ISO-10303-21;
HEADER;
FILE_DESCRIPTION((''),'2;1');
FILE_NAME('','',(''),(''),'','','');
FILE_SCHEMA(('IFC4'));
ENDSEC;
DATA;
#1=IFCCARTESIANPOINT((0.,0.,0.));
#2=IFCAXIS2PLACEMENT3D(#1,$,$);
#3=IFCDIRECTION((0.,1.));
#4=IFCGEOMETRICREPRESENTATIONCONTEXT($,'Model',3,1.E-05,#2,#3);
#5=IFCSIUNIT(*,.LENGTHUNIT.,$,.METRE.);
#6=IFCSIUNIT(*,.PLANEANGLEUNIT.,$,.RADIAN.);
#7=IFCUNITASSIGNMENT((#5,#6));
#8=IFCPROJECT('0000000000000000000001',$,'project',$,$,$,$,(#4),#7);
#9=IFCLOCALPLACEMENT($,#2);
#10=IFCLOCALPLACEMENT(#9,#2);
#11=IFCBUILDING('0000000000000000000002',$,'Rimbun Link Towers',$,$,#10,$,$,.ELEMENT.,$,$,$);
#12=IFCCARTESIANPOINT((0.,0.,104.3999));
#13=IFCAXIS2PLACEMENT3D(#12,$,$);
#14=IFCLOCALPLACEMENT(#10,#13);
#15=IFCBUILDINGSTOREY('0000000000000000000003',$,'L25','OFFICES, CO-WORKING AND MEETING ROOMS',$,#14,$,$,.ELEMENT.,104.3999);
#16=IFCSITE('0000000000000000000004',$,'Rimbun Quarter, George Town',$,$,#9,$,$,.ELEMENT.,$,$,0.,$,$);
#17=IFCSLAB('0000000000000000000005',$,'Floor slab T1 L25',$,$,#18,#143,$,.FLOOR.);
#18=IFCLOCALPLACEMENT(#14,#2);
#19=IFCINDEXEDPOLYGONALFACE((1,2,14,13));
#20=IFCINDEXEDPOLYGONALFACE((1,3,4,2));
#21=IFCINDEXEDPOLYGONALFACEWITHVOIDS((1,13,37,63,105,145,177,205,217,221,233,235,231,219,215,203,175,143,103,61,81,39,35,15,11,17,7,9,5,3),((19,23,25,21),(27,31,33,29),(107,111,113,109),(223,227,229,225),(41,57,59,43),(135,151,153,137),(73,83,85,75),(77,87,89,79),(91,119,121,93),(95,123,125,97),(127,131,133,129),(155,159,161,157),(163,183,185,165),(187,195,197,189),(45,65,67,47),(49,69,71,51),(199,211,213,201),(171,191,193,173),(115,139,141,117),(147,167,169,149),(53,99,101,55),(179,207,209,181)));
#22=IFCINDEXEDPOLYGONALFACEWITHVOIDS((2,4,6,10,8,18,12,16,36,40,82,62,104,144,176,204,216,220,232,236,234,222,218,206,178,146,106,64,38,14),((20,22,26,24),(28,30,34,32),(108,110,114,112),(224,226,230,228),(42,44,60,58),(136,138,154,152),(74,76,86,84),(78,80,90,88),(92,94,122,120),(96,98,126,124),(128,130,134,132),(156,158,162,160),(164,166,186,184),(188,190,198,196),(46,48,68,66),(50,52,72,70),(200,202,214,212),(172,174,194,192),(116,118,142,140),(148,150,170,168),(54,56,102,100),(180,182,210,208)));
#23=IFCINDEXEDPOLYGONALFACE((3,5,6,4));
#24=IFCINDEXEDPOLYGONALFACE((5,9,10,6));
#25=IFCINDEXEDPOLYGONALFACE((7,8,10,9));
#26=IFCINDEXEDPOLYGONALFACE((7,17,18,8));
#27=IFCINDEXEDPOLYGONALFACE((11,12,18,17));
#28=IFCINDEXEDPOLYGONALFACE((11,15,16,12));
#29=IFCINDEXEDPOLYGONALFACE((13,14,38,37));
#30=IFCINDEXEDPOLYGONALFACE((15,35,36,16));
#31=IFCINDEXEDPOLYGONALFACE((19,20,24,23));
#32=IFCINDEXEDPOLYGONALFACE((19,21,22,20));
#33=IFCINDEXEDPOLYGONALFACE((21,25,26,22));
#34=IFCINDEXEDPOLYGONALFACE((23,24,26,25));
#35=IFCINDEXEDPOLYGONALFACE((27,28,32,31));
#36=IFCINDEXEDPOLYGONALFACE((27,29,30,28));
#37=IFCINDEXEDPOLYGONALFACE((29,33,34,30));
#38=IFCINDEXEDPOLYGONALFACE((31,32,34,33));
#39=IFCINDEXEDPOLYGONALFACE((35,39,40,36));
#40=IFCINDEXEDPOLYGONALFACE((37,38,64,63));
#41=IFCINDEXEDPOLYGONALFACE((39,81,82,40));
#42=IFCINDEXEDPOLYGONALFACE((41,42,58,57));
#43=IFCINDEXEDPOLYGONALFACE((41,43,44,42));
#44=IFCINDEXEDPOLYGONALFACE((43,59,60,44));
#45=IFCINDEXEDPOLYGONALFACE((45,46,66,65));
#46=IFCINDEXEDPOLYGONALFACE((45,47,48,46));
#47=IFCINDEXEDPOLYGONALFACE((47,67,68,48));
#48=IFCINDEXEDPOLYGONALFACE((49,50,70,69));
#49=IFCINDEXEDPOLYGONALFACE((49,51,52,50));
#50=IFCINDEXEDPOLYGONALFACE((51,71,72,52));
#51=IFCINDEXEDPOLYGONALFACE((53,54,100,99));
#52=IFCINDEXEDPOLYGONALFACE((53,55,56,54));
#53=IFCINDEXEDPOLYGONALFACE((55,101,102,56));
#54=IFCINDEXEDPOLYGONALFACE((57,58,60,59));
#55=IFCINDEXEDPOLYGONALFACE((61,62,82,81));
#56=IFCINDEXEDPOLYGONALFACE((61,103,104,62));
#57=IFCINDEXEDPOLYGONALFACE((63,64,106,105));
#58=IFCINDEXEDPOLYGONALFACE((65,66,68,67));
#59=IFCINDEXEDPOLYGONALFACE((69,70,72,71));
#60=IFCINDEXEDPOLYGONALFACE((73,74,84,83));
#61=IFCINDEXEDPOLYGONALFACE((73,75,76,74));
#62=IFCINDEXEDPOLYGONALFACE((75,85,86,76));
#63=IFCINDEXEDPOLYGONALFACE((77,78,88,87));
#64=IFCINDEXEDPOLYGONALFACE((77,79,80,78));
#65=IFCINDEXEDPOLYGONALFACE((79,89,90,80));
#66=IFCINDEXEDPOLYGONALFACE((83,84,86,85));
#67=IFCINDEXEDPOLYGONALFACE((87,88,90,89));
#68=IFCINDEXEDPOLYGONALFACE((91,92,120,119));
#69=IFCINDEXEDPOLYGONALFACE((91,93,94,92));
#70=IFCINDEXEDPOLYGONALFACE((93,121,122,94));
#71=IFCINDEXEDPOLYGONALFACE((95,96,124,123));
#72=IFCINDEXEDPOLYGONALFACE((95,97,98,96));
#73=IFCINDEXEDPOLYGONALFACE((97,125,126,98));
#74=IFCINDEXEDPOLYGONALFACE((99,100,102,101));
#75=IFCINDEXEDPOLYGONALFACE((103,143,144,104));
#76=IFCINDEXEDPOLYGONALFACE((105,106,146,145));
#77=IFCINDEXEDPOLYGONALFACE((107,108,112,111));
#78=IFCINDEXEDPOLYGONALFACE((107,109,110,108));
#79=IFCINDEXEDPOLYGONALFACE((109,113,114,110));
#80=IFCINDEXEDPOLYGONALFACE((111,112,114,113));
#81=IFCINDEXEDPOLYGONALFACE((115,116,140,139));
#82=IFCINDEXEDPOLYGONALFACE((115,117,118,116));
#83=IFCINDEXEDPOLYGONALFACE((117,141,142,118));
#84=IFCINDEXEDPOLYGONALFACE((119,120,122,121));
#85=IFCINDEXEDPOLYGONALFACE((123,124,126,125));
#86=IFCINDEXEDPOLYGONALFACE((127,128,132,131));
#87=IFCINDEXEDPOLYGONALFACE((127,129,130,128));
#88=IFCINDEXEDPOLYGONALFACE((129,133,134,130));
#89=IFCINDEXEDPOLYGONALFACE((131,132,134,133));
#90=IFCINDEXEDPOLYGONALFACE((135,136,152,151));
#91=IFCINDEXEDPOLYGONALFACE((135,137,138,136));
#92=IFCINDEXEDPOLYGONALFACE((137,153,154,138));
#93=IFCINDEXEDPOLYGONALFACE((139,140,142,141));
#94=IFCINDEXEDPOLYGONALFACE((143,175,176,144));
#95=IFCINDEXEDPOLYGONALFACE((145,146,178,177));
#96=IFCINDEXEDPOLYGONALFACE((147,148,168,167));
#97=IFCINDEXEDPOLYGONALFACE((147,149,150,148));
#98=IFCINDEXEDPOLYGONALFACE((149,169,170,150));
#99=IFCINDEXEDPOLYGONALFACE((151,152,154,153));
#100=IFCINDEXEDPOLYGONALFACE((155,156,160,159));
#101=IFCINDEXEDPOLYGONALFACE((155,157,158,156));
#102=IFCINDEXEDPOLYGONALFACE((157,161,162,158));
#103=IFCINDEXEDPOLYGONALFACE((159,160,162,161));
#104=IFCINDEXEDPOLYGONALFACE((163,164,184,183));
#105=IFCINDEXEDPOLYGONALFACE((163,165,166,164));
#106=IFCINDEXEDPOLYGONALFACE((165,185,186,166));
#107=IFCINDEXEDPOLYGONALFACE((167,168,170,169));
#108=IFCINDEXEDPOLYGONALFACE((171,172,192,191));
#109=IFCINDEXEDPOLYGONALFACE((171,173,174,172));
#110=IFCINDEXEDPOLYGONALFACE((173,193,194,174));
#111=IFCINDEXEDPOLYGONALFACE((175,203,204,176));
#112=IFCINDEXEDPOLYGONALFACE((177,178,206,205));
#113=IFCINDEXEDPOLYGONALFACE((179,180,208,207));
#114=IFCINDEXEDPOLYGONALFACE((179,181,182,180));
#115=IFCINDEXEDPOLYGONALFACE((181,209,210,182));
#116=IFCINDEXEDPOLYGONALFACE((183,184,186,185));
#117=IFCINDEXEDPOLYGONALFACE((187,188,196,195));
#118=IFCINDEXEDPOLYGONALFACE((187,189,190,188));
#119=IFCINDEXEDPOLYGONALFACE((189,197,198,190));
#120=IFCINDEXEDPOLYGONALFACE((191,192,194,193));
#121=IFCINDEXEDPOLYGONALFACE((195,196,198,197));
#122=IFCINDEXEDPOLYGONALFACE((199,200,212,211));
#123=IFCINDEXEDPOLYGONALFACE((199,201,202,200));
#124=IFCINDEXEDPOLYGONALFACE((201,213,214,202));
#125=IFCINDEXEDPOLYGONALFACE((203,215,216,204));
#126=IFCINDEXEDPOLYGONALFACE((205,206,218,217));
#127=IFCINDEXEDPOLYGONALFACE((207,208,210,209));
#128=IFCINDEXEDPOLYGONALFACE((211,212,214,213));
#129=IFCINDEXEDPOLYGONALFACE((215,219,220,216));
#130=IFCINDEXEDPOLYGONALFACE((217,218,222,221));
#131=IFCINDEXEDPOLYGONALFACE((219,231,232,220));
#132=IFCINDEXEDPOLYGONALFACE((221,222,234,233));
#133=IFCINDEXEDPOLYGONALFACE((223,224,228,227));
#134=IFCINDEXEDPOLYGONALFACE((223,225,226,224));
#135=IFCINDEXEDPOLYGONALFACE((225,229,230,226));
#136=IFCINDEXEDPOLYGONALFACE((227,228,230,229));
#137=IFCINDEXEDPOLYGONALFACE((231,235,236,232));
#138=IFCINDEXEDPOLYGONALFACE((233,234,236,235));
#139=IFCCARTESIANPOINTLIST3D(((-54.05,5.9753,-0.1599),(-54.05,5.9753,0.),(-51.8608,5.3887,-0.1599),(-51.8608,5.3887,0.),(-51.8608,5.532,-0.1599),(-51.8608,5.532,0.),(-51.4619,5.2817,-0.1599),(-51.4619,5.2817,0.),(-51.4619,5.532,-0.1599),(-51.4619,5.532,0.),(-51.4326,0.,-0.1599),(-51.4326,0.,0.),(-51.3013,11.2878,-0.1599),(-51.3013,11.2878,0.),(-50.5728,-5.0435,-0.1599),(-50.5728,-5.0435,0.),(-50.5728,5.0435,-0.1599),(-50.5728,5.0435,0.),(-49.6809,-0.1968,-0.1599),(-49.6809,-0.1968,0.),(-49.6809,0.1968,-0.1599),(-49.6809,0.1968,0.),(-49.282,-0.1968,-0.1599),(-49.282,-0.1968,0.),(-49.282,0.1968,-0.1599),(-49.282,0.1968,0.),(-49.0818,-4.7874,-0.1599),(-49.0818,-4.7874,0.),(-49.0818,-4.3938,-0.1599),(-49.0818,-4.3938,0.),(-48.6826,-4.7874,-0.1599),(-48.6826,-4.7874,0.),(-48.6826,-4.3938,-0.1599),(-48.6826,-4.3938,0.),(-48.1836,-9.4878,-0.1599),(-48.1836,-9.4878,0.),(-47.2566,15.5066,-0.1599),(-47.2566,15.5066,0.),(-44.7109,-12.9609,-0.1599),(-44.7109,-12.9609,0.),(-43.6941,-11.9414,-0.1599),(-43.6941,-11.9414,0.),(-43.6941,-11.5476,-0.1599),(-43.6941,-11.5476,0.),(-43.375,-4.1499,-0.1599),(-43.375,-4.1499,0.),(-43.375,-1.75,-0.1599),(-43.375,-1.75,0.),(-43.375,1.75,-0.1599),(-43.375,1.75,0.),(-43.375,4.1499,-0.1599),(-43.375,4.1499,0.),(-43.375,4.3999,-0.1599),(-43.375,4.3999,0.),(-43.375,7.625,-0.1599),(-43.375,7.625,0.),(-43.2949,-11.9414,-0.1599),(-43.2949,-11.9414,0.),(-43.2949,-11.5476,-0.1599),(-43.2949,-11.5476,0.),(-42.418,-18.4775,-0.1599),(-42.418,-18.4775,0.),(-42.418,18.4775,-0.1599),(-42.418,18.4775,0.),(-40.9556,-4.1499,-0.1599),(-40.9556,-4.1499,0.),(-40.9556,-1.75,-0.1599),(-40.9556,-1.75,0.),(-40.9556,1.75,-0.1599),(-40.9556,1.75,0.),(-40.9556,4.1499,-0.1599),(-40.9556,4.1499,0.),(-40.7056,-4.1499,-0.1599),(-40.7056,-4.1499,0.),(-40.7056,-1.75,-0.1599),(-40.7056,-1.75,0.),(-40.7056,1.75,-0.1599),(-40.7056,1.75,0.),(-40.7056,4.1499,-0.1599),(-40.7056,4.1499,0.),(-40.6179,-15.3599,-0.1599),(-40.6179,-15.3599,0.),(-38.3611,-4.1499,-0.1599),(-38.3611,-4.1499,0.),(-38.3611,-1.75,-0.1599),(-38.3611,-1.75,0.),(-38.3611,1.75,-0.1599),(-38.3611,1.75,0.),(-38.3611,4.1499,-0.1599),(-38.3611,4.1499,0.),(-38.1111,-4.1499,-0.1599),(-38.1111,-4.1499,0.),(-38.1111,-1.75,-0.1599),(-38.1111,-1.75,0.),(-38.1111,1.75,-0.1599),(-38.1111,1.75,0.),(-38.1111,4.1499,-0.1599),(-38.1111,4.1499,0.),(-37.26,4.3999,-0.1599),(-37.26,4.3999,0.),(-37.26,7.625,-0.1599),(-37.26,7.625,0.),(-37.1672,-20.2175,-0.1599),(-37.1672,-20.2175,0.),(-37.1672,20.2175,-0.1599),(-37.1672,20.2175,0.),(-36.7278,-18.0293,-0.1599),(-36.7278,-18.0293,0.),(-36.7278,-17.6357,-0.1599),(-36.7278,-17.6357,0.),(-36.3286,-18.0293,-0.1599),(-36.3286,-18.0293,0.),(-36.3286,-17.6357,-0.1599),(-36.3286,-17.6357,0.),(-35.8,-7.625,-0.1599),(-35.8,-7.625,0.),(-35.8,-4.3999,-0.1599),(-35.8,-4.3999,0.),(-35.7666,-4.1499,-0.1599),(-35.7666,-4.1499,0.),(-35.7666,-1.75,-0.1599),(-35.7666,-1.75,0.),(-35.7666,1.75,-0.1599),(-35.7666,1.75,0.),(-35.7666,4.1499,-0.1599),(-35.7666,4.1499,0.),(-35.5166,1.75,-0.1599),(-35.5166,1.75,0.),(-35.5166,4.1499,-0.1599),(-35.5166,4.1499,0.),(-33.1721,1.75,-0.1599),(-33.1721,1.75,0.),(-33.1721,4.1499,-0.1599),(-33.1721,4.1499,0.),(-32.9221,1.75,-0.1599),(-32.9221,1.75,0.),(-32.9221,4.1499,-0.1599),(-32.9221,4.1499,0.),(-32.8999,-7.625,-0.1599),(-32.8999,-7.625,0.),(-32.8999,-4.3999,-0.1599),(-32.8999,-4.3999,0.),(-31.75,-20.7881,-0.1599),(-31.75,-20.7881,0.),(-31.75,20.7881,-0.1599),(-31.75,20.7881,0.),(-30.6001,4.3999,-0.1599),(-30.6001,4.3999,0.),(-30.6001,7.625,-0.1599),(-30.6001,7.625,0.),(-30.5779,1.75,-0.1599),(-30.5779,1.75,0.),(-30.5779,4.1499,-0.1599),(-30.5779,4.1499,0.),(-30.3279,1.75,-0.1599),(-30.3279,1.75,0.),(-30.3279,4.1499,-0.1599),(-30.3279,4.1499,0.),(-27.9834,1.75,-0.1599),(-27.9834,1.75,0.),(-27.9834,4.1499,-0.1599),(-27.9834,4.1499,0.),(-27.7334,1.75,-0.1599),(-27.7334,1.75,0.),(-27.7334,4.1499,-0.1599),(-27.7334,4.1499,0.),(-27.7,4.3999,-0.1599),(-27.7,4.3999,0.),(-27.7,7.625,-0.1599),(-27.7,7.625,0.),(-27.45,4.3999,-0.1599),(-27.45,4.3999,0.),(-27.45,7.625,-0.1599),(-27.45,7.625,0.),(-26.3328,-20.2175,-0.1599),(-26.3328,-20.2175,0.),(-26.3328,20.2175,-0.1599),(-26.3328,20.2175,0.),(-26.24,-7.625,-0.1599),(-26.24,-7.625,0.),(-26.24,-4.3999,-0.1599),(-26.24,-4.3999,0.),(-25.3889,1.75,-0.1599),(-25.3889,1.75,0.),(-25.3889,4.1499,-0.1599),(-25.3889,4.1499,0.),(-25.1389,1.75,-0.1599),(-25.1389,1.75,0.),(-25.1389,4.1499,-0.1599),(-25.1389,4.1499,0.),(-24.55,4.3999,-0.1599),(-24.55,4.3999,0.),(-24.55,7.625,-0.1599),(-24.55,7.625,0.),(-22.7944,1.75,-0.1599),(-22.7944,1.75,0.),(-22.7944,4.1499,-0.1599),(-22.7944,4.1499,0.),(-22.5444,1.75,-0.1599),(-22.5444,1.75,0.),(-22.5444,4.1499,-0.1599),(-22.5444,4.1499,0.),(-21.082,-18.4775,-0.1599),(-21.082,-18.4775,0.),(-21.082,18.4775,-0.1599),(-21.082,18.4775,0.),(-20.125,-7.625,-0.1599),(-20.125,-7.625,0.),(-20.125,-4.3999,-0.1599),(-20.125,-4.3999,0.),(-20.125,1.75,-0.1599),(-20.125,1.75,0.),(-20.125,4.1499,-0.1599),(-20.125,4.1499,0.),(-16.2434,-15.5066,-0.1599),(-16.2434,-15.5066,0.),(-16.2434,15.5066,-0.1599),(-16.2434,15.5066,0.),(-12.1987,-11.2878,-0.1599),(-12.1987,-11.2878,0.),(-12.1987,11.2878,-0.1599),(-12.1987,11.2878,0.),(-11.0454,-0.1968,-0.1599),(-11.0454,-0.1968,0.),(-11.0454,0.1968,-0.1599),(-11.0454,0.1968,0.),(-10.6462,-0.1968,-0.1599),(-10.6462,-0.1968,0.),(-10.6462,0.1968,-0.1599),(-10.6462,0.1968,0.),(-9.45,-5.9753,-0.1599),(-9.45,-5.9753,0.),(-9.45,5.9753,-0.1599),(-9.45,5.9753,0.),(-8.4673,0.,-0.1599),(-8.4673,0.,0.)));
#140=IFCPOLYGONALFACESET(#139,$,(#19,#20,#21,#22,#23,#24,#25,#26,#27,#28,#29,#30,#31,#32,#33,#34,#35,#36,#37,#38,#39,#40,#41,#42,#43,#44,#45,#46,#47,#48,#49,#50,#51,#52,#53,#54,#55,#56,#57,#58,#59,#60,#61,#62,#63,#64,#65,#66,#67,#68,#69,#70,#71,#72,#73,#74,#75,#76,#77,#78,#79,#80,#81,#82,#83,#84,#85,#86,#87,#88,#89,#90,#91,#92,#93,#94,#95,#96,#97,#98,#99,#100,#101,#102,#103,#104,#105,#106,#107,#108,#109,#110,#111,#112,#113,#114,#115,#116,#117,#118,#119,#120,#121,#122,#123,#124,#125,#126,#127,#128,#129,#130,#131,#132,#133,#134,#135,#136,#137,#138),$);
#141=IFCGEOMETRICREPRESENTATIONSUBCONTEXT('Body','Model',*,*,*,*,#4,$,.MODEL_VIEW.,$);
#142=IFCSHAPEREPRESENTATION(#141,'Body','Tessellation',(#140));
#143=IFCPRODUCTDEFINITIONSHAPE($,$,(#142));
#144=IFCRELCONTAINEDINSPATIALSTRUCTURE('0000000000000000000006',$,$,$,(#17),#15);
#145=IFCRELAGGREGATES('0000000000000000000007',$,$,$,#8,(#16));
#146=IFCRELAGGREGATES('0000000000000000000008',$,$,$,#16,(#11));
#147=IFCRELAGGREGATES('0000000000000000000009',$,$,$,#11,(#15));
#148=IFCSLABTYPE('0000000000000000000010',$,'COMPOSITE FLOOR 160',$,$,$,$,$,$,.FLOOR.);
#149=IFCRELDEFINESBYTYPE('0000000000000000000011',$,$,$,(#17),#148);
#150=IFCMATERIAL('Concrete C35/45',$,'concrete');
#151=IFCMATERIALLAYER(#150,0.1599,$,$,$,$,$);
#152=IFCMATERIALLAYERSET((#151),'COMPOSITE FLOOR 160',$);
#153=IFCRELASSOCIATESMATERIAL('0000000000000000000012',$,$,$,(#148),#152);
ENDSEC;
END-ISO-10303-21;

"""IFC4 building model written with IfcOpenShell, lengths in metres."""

from ifc_helpers import new_model, si_unit, direction, frame, origin, place, context, subcontext, project, spatial, polyline, outline, extrude, material, layer, layer_set, type_object, element, save


model = new_model("IFC4")

# Units and contexts
model_context = context("Model", 3, precision=1e-05, world=origin(), true_north=direction((0.0, 1.0)))
body_context = subcontext(model_context, "Body", "Model", "MODEL_VIEW")
ifc_project = project(units=[si_unit("LENGTHUNIT", "METRE"), si_unit("PLANEANGLEUNIT", "RADIAN")], contexts=[model_context])

# Site, building, storey
site_placement = place(None, origin())
site = spatial("IfcSite", under=ifc_project, at=site_placement, Name="Rimbun Quarter, George Town", CompositionType="ELEMENT", RefElevation=0.0)
building_placement = place(site_placement, origin())
building = spatial("IfcBuilding", under=site, at=building_placement, Name="Rimbun Link Towers", CompositionType="ELEMENT")
storey_placement = place(building_placement, frame((0.0, 0.0, 104.3999)))
storey = spatial("IfcBuildingStorey", under=building, at=storey_placement, Name="L25", Description="OFFICES, CO-WORKING AND MEETING ROOMS", CompositionType="ELEMENT", Elevation=104.3999)

# Slab
ifc_material_1 = material(Name="Concrete C35/45", Category="concrete")
ifc_layer_1 = layer(ifc_material_1, 0.1599)
ifc_layer_set_1 = layer_set([ifc_layer_1], Name="COMPOSITE FLOOR 160")
slab_type_1 = type_object("IfcSlabType", Name="COMPOSITE FLOOR 160", PredefinedType="FLOOR", material=ifc_layer_set_1)
slab_1_placement = place(storey_placement, frame((0.0, 0.0, -0.1599)))
element("IfcSlab", 1, at=slab_1_placement, inside=storey, type_object=slab_type_1, Name="Floor slab T1 L25", PredefinedType="FLOOR", context=body_context, shape_type="SweptSolid", body=[
    extrude(outline(polyline([(-54.05, 5.9753), (-51.3013, 11.2878), (-47.2566, 15.5066), (-42.418, 18.4775), (-37.1672, 20.2175), (-31.75, 20.7881), (-26.3328, 20.2175), (-21.082, 18.4775), (-16.2434, 15.5066), (-12.1987, 11.2878), (-9.45, 5.9753), (-8.4673, 0.0), (-9.45, -5.9753), (-12.1987, -11.2878), (-16.2434, -15.5066), (-21.082, -18.4775), (-26.3328, -20.2175), (-31.75, -20.7881), (-37.1672, -20.2175), (-42.418, -18.4775), (-40.6179, -15.3599), (-44.7109, -12.9609), (-48.1836, -9.4878), (-50.5728, -5.0435), (-51.4326, 0.0), (-50.5728, 5.0435), (-51.4619, 5.2817), (-51.4619, 5.532), (-51.8608, 5.532), (-51.8608, 5.3887), (-54.05, 5.9753)]), holes=[polyline([(-36.3286, -18.0293), (-36.3286, -17.6357), (-36.7278, -17.6357), (-36.7278, -18.0293), (-36.3286, -18.0293)]), polyline([(-43.2949, -11.9414), (-43.2949, -11.5476), (-43.6941, -11.5476), (-43.6941, -11.9414), (-43.2949, -11.9414)]), polyline([(-48.6826, -4.7874), (-48.6826, -4.3938), (-49.0818, -4.3938), (-49.0818, -4.7874), (-48.6826, -4.7874)]), polyline([(-43.375, -4.1499), (-40.9556, -4.1499), (-40.9556, -1.75), (-43.375, -1.75), (-43.375, -4.1499)]), polyline([(-40.7056, -4.1499), (-38.3611, -4.1499), (-38.3611, -1.75), (-40.7056, -1.75), (-40.7056, -4.1499)]), polyline([(-35.7666, -4.1499), (-35.7666, -1.75), (-38.1111, -1.75), (-38.1111, -4.1499), (-35.7666, -4.1499)]), polyline([(-49.6809, -0.1968), (-49.282, -0.1968), (-49.282, 0.1968), (-49.6809, 0.1968), (-49.6809, -0.1968)]), polyline([(-43.375, 1.75), (-40.9556, 1.75), (-40.9556, 4.1499), (-43.375, 4.1499), (-43.375, 1.75)]), polyline([(-38.3611, 1.75), (-38.3611, 4.1499), (-40.7056, 4.1499), (-40.7056, 1.75), (-38.3611, 1.75)]), polyline([(-38.1111, 1.75), (-35.7666, 1.75), (-35.7666, 4.1499), (-38.1111, 4.1499), (-38.1111, 1.75)]), polyline([(-37.26, 4.3999), (-37.26, 7.625), (-43.375, 7.625), (-43.375, 4.3999), (-37.26, 4.3999)]), polyline([(-35.8, -7.625), (-32.8999, -7.625), (-32.8999, -4.3999), (-35.8, -4.3999), (-35.8, -7.625)]), polyline([(-26.24, -7.625), (-20.125, -7.625), (-20.125, -4.3999), (-26.24, -4.3999), (-26.24, -7.625)]), polyline([(-10.6462, -0.1968), (-10.6462, 0.1968), (-11.0454, 0.1968), (-11.0454, -0.1968), (-10.6462, -0.1968)]), polyline([(-35.5166, 1.75), (-33.1721, 1.75), (-33.1721, 4.1499), (-35.5166, 4.1499), (-35.5166, 1.75)]), polyline([(-32.9221, 1.75), (-30.5779, 1.75), (-30.5779, 4.1499), (-32.9221, 4.1499), (-32.9221, 1.75)]), polyline([(-27.9834, 1.75), (-27.9834, 4.1499), (-30.3279, 4.1499), (-30.3279, 1.75), (-27.9834, 1.75)]), polyline([(-27.7334, 1.75), (-25.3889, 1.75), (-25.3889, 4.1499), (-27.7334, 4.1499), (-27.7334, 1.75)]), polyline([(-25.1389, 1.75), (-22.7944, 1.75), (-22.7944, 4.1499), (-25.1389, 4.1499), (-25.1389, 1.75)]), polyline([(-20.125, 1.75), (-20.125, 4.1499), (-22.5444, 4.1499), (-22.5444, 1.75), (-20.125, 1.75)]), polyline([(-30.6001, 4.3999), (-27.7, 4.3999), (-27.7, 7.625), (-30.6001, 7.625), (-30.6001, 4.3999)]), polyline([(-27.45, 4.3999), (-24.55, 4.3999), (-24.55, 7.625), (-27.45, 7.625), (-27.45, 4.3999)])]), origin(), (0.0, 0.0, 1.0), 0.1599),
])

save(model, "model.ifc")
